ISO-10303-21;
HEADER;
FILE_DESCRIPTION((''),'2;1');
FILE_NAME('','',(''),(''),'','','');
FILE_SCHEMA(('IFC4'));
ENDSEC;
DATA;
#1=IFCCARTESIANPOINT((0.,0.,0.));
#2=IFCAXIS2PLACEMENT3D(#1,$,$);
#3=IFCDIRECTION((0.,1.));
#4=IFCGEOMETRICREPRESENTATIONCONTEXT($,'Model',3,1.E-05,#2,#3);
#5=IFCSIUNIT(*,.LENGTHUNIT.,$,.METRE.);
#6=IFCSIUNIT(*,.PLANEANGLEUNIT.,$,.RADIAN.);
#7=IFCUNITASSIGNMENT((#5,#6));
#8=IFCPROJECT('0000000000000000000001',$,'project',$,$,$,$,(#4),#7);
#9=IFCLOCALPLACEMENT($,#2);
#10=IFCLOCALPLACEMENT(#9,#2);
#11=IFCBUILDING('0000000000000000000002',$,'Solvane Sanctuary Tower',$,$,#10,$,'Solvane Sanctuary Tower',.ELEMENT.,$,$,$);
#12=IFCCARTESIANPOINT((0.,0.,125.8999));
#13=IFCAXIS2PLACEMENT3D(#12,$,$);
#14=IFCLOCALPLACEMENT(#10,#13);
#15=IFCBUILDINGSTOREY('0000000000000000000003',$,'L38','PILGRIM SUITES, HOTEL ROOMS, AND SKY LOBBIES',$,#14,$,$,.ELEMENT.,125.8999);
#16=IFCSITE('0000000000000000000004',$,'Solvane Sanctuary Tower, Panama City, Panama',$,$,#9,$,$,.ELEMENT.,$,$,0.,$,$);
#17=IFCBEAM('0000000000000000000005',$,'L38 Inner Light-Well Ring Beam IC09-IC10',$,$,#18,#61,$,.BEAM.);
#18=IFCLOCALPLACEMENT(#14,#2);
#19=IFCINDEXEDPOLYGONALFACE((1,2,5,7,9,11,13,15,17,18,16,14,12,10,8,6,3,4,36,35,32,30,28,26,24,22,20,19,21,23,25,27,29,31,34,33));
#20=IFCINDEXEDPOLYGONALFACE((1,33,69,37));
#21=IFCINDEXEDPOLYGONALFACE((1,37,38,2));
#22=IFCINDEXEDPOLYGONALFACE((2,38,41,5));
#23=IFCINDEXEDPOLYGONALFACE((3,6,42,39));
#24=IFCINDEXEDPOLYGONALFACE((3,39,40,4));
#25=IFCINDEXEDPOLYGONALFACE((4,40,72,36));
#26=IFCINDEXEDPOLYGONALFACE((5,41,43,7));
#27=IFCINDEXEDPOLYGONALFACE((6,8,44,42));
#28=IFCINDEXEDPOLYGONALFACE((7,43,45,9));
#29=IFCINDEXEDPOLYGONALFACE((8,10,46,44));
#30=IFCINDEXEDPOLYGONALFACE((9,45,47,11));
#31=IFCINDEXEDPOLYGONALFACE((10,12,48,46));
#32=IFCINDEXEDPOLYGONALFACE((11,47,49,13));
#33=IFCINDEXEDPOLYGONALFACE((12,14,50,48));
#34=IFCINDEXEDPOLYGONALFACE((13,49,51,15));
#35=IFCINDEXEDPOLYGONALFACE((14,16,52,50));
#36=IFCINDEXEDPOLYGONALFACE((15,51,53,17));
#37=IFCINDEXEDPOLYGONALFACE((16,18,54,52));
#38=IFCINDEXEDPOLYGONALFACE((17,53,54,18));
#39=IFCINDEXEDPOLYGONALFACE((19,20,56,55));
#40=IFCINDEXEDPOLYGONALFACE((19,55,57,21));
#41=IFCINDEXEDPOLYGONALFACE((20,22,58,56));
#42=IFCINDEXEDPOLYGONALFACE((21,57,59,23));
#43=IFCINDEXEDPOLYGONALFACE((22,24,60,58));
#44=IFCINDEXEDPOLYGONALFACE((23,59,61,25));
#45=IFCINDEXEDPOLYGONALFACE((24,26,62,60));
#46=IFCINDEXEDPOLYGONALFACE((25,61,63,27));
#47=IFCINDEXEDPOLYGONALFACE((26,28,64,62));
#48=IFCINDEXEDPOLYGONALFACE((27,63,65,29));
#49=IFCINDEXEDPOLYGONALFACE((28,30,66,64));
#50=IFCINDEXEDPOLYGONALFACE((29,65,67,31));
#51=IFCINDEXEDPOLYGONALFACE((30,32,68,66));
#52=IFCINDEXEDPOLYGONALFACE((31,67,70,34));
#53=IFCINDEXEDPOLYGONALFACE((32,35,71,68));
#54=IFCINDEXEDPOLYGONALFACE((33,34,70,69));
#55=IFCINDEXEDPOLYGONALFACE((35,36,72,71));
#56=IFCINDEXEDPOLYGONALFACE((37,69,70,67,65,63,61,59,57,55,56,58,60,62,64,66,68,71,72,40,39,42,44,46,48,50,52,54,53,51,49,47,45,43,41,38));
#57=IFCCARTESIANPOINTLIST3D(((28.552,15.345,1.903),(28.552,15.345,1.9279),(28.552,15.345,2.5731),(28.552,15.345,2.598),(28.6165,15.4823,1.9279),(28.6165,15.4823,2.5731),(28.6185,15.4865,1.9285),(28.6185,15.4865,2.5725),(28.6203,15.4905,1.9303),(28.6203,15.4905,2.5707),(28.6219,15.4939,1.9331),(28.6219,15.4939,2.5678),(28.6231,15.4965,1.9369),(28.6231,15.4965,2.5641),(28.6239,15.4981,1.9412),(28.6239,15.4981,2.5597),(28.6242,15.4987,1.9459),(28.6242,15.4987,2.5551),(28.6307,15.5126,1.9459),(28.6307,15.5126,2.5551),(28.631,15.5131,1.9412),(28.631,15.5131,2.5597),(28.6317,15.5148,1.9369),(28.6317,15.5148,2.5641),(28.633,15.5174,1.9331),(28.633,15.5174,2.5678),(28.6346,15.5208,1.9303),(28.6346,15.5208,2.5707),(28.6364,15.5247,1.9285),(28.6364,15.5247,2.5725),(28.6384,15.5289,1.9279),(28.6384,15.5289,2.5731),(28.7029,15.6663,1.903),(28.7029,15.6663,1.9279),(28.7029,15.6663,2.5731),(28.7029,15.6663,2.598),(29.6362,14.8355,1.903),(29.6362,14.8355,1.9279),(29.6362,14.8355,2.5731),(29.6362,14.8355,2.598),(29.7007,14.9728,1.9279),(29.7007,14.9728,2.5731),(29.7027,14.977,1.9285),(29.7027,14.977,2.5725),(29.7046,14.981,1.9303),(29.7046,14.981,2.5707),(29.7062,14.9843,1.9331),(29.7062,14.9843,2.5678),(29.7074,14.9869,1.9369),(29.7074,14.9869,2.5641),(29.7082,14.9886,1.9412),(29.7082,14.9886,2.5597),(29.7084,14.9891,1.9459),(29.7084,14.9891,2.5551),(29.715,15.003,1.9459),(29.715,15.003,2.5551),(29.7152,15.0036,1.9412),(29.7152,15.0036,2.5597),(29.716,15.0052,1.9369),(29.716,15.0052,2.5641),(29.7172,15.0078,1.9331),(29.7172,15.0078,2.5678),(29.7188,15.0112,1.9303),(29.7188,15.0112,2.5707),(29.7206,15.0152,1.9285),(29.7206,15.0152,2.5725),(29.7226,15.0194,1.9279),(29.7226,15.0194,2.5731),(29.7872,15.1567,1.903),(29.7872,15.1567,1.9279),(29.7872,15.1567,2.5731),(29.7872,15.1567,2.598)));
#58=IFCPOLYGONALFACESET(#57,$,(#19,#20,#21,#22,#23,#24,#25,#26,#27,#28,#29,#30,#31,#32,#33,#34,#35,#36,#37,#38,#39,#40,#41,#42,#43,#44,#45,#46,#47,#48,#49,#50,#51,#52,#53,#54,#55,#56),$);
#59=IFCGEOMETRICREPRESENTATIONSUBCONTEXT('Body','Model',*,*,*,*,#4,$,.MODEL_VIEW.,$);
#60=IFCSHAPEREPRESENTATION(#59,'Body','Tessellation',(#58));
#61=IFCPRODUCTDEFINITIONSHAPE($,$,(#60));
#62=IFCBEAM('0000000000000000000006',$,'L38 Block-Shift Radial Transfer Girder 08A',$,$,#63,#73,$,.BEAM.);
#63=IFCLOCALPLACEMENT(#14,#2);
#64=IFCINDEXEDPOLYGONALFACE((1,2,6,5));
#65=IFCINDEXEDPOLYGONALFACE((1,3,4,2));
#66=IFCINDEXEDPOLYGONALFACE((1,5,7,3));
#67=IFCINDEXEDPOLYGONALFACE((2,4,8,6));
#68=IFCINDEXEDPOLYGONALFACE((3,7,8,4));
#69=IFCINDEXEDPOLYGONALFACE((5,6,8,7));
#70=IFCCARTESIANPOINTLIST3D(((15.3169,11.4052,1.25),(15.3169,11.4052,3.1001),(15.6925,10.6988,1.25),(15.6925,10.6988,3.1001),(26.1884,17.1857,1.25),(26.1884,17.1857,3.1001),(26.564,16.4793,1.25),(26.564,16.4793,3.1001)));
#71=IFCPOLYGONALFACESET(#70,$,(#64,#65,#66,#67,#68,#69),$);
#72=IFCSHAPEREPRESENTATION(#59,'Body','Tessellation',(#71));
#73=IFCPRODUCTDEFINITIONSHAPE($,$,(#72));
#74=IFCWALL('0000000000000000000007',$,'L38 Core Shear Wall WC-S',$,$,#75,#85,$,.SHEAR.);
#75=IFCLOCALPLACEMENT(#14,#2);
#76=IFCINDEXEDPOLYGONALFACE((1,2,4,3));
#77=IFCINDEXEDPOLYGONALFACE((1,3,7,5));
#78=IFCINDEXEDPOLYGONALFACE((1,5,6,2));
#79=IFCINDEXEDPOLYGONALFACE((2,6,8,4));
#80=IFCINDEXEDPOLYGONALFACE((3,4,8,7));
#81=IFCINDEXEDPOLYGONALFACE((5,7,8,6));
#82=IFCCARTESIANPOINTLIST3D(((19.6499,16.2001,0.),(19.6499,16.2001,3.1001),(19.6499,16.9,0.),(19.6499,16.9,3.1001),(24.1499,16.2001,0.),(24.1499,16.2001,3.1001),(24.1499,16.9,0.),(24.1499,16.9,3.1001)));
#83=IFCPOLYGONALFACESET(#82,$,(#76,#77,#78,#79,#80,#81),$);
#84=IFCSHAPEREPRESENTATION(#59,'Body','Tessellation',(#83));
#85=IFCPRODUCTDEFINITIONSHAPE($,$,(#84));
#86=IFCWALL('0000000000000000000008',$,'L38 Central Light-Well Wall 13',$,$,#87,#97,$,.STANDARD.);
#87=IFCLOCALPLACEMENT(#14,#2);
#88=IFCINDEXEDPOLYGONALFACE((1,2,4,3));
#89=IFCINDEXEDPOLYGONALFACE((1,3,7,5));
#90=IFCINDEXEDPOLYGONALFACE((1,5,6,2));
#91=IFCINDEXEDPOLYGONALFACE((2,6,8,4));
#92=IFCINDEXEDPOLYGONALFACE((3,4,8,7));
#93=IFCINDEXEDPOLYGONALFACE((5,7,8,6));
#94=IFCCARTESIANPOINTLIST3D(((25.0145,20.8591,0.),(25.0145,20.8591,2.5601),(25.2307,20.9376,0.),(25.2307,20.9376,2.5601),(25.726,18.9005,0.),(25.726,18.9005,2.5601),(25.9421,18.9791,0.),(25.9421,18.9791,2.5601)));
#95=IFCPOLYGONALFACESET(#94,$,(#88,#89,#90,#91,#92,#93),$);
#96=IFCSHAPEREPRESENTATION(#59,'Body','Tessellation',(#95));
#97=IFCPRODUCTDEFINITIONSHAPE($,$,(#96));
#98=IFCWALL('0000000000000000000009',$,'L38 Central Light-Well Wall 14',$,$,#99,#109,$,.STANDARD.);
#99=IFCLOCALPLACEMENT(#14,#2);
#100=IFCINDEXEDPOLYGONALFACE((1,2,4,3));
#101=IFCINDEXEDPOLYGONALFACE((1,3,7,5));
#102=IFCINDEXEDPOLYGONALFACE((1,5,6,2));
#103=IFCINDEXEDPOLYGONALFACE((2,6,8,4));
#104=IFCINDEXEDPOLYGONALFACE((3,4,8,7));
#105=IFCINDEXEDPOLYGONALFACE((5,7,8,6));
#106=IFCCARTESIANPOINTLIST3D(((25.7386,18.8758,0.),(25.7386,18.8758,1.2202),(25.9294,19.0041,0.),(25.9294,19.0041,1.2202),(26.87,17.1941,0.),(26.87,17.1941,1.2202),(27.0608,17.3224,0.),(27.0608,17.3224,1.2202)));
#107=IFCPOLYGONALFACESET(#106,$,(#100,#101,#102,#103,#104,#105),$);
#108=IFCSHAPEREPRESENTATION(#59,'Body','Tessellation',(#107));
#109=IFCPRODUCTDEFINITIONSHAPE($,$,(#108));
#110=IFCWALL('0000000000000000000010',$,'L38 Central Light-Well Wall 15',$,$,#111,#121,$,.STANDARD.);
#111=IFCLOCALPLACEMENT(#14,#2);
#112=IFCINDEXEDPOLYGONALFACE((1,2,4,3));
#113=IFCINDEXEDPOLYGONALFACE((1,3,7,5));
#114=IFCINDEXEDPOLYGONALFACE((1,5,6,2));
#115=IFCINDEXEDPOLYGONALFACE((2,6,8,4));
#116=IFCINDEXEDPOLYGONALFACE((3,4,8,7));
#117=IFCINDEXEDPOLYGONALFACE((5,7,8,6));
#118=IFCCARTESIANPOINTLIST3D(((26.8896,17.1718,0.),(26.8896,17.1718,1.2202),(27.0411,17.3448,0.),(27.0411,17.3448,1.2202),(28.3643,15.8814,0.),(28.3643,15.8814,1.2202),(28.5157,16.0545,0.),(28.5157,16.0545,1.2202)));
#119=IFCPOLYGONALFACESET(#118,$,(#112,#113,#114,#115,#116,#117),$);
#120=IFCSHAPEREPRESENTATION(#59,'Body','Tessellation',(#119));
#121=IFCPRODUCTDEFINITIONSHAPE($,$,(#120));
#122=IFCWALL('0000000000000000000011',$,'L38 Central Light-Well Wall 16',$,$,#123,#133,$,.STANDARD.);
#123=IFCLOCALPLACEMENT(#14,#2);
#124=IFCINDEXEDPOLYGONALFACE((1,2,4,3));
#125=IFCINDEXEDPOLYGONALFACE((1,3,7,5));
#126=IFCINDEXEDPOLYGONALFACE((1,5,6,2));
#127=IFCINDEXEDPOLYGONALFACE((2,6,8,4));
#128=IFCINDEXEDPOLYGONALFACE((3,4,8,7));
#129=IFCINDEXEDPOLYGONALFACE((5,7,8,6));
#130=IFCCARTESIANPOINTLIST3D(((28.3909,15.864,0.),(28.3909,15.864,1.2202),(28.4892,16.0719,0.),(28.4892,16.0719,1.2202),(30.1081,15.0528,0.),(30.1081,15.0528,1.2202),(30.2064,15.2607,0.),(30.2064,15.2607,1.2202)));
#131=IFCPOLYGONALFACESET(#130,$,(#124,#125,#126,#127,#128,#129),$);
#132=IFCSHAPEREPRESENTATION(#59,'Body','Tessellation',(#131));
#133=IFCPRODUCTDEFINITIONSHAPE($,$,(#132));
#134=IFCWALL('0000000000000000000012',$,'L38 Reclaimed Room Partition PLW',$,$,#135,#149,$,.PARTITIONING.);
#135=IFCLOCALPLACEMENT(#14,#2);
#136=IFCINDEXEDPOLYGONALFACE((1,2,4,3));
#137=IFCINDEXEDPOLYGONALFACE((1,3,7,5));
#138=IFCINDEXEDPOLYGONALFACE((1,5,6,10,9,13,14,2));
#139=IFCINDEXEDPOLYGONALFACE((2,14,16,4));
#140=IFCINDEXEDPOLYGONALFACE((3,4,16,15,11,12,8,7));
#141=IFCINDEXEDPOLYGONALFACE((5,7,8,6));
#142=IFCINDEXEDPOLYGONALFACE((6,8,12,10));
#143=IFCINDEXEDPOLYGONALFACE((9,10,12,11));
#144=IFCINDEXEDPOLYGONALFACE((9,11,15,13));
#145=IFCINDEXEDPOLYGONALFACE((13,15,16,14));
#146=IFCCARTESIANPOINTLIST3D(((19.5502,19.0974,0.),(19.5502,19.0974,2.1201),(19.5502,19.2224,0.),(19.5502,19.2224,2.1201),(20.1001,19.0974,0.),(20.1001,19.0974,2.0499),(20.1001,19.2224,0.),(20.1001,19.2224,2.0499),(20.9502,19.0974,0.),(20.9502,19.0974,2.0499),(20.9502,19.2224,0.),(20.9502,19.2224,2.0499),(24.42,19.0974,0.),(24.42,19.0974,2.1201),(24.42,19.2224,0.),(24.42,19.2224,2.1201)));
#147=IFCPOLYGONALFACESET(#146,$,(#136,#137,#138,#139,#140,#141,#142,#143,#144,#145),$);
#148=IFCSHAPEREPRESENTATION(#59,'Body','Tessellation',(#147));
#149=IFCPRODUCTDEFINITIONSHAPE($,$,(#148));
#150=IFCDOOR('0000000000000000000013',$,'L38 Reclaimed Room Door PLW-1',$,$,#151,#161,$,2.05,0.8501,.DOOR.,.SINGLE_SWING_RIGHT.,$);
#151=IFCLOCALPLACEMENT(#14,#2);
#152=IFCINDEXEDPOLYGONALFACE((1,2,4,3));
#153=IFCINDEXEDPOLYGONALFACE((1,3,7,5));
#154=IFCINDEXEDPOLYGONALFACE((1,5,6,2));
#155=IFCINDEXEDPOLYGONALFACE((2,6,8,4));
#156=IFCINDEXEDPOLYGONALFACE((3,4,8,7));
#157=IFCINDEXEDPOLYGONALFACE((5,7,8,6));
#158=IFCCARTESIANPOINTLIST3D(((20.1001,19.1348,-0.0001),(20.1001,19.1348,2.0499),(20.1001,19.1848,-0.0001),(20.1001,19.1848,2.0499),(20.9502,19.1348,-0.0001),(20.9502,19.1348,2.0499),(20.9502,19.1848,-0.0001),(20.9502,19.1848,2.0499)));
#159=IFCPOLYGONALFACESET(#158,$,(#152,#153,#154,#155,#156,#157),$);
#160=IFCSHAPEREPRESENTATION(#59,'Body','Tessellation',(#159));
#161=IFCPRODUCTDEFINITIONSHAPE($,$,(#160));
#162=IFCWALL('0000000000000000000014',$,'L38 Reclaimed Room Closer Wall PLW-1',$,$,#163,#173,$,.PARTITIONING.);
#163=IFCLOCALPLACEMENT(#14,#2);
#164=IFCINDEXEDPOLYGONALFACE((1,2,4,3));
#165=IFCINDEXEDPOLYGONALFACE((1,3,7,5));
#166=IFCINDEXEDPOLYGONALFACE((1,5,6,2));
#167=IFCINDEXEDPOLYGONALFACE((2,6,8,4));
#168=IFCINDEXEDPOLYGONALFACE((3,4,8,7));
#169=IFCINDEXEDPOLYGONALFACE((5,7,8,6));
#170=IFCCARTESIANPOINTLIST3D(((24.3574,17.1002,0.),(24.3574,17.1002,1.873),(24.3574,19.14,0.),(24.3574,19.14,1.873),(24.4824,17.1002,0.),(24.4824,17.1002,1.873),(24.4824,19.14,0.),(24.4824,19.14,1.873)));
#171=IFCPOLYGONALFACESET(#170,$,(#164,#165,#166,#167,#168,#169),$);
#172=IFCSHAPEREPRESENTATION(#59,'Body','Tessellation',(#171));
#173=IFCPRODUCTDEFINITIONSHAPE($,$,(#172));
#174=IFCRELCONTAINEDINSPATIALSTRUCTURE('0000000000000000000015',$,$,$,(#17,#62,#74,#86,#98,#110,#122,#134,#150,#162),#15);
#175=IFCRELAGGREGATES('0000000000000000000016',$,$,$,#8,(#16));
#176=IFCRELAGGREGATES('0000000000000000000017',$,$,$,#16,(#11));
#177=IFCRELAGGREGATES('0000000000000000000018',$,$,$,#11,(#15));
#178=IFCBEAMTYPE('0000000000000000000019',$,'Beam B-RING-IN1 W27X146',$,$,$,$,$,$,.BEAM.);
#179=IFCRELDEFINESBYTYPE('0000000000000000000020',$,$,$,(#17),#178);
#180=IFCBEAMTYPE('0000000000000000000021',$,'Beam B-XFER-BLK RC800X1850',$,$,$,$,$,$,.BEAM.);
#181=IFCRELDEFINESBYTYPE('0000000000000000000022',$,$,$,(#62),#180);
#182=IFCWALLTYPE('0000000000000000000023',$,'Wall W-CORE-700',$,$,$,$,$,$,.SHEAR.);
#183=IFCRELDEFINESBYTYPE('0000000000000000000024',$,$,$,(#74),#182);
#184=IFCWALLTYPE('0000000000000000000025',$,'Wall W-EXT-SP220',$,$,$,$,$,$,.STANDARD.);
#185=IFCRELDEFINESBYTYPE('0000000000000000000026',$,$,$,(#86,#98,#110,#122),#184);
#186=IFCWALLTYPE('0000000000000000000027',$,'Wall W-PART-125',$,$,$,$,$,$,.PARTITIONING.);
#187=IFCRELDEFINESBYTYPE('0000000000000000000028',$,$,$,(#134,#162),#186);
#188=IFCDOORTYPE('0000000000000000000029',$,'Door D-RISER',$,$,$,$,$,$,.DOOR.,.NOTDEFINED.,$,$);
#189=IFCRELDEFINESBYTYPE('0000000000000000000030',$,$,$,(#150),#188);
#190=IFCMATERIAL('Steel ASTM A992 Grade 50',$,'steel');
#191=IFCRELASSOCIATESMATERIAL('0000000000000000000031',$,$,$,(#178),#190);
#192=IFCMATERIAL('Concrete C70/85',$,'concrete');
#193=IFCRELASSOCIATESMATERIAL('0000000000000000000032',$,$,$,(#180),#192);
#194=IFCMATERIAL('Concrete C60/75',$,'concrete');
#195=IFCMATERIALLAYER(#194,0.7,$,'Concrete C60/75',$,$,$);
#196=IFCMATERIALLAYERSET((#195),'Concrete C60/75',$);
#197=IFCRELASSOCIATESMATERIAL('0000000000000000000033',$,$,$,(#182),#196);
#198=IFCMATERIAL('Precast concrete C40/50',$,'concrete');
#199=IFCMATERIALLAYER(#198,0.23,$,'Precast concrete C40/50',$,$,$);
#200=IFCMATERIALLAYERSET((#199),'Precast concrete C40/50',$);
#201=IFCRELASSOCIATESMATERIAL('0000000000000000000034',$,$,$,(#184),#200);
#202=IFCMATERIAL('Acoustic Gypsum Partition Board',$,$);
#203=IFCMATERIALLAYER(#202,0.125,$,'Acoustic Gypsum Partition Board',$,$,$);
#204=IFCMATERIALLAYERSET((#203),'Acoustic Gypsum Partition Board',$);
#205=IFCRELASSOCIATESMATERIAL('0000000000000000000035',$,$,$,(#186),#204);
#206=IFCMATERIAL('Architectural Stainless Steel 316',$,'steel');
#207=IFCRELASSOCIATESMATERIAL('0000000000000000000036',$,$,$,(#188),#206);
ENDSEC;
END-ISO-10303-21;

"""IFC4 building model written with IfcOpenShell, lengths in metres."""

from ifc_helpers import new_model, si_unit, direction, frame, frame_2d, origin, origin_2d, place, context, subcontext, project, spatial, rectangle, i_section, extrude, material, layer, layer_set, material_profile, profile_set, type_object, element, fill, save


model = new_model("IFC4")

# Units and contexts
model_context = context("Model", 3, precision=1e-05, world=origin(), true_north=direction((0.0, 1.0)))
body_context = subcontext(model_context, "Body", "Model", "MODEL_VIEW")
ifc_project = project(units=[si_unit("LENGTHUNIT", "METRE"), si_unit("PLANEANGLEUNIT", "RADIAN")], contexts=[model_context])

# Site, building, storey
site_placement = place(None, origin())
site = spatial("IfcSite", under=ifc_project, at=site_placement, Name="Solvane Sanctuary Tower, Panama City, Panama", CompositionType="ELEMENT", RefElevation=0.0)
building_placement = place(site_placement, origin())
building = spatial("IfcBuilding", under=site, at=building_placement, Name="Solvane Sanctuary Tower", LongName="Solvane Sanctuary Tower", CompositionType="ELEMENT")
storey_placement = place(building_placement, frame((0.0, 0.0, 125.8999)))
storey = spatial("IfcBuildingStorey", under=building, at=storey_placement, Name="L38", Description="PILGRIM SUITES, HOTEL ROOMS, AND SKY LOBBIES", CompositionType="ELEMENT", Elevation=125.8999)

# Shared definitions
ifc_material_1 = material(Name="Concrete C70/85", Category="concrete")
ifc_material_2 = material(Name="Concrete C60/75", Category="concrete")

# Beams
ifc_material_3 = material(Name="Steel ASTM A992 Grade 50", Category="steel")
ifc_material_profile_1 = material_profile(ifc_material_3, i_section(OverallWidth=0.355, OverallDepth=0.6951, WebThickness=0.0154, FlangeThickness=0.0249, FilletRadius=0.0181, at=origin_2d()), Name="W27X146")
ifc_profile_set_1 = profile_set([ifc_material_profile_1], Name="Steel ASTM A992 Grade 50")
beam_type_1 = type_object("IfcBeamType", Name="Beam B-RING-IN1 W27X146", PredefinedType="BEAM", material=ifc_profile_set_1)
beam_1_placement = place(storey_placement, frame((28.6274, 15.5056, 2.2505), z_axis=(0.905045, -0.425316, 0.0), x_axis=(0.425316, 0.905045, 0.0)))
element("IfcBeam", 1, at=beam_1_placement, inside=storey, type_object=beam_type_1, Name="L38 Inner Light-Well Ring Beam IC09-IC10", PredefinedType="BEAM", context=body_context, shape_type="SweptSolid", body=[
    extrude(i_section(OverallWidth=0.355, OverallDepth=0.6951, WebThickness=0.0154, FlangeThickness=0.0249, FilletRadius=0.0181, at=origin_2d()), origin(), (0.0, 0.0, 1.0), 1.198),
])
ifc_material_profile_2 = material_profile(ifc_material_1, rectangle(XDim=0.8, YDim=1.8501, at=origin_2d()), Name="RC800X1850")
ifc_profile_set_2 = profile_set([ifc_material_profile_2], Name="Concrete C70/85")
beam_type_2 = type_object("IfcBeamType", Name="Beam B-XFER-BLK RC800X1850", PredefinedType="BEAM", material=ifc_profile_set_2)
beam_2_placement = place(storey_placement, frame((26.3762, 16.8325, 2.175), z_axis=(-0.882948, -0.469471, 0.0), x_axis=(0.469471, -0.882948, 0.0)))
element("IfcBeam", 2, at=beam_2_placement, inside=storey, type_object=beam_type_2, Name="L38 Block-Shift Radial Transfer Girder 08A", PredefinedType="BEAM", context=body_context, shape_type="SweptSolid", body=[
    extrude(rectangle(XDim=0.8, YDim=1.8501, at=origin_2d()), origin(), (0.0, 0.0, 1.0), 12.3127),
])

# Walls
ifc_layer_1 = layer(ifc_material_2, 0.7, Name="Concrete C60/75")
ifc_layer_set_1 = layer_set([ifc_layer_1], Name="Concrete C60/75")
wall_type_1 = type_object("IfcWallType", Name="Wall W-CORE-700", PredefinedType="SHEAR", material=ifc_layer_set_1)
wall_1_placement = place(storey_placement, frame((19.6499, 16.55, 0.0), z_axis=(0.0, 0.0, 1.0), x_axis=(1.0, 0.0, 0.0)))
element("IfcWall", 3, at=wall_1_placement, inside=storey, type_object=wall_type_1, Name="L38 Core Shear Wall WC-S", PredefinedType="SHEAR", context=body_context, shape_type="SweptSolid", body=[
    extrude(rectangle(XDim=4.5, YDim=0.7, at=frame_2d((2.25, 0.0))), origin(), (0.0, 0.0, 1.0), 3.1001),
])
ifc_material_4 = material(Name="Precast concrete C40/50", Category="concrete")
ifc_layer_2 = layer(ifc_material_4, 0.23, Name="Precast concrete C40/50")
ifc_layer_set_2 = layer_set([ifc_layer_2], Name="Precast concrete C40/50")
wall_type_2 = type_object("IfcWallType", Name="Wall W-EXT-SP220", PredefinedType="STANDARD", material=ifc_layer_set_2)
wall_2_placement = place(storey_placement, frame((25.1226, 20.8984, 0.0), z_axis=(0.0, 0.0, 1.0), x_axis=(0.341423, -0.93991, 0.0)))
element("IfcWall", 4, at=wall_2_placement, inside=storey, type_object=wall_type_2, Name="L38 Central Light-Well Wall 13", PredefinedType="STANDARD", context=body_context, shape_type="SweptSolid", body=[
    extrude(rectangle(XDim=2.0837, YDim=0.23, at=frame_2d((1.042, 0.0))), origin(), (0.0, 0.0, 1.0), 2.5601),
])
wall_3_placement = place(storey_placement, frame((25.834, 18.9399, 0.0), z_axis=(0.0, 0.0, 1.0), x_axis=(0.558198, -0.829708, 0.0)))
element("IfcWall", 5, at=wall_3_placement, inside=storey, type_object=wall_type_2, Name="L38 Central Light-Well Wall 14", PredefinedType="STANDARD", context=body_context, shape_type="SweptSolid", body=[
    extrude(rectangle(XDim=2.0269, YDim=0.23, at=frame_2d((1.0134, 0.0))), origin(), (0.0, 0.0, 1.0), 1.2202),
])
wall_4_placement = place(storey_placement, frame((26.9653, 17.2583, 0.0), z_axis=(0.0, 0.0, 1.0), x_axis=(0.752577, -0.658505, 0.0)))
element("IfcWall", 6, at=wall_4_placement, inside=storey, type_object=wall_type_2, Name="L38 Central Light-Well Wall 15", PredefinedType="STANDARD", context=body_context, shape_type="SweptSolid", body=[
    extrude(rectangle(XDim=1.9595, YDim=0.23, at=frame_2d((0.9797, 0.0))), origin(), (0.0, 0.0, 1.0), 1.2202),
])
wall_5_placement = place(storey_placement, frame((28.4399, 15.968, 0.0), z_axis=(0.0, 0.0, 1.0), x_axis=(0.90418, -0.427152, 0.0)))
element("IfcWall", 7, at=wall_5_placement, inside=storey, type_object=wall_type_2, Name="L38 Central Light-Well Wall 16", PredefinedType="STANDARD", context=body_context, shape_type="SweptSolid", body=[
    extrude(rectangle(XDim=1.8992, YDim=0.23, at=frame_2d((0.9497, 0.0))), origin(), (0.0, 0.0, 1.0), 1.2202),
])

# Wall, opening, door
ifc_material_5 = material(Name="Acoustic Gypsum Partition Board")
ifc_layer_3 = layer(ifc_material_5, 0.125, Name="Acoustic Gypsum Partition Board")
ifc_layer_set_3 = layer_set([ifc_layer_3], Name="Acoustic Gypsum Partition Board")
wall_type_3 = type_object("IfcWallType", Name="Wall W-PART-125", PredefinedType="PARTITIONING", material=ifc_layer_set_3)
wall_6_placement = place(storey_placement, frame((19.55, 19.1599, 0.0), z_axis=(0.0, 0.0, 1.0), x_axis=(1.0, 0.0, 0.0)))
wall_6 = element("IfcWall", 8, at=wall_6_placement, inside=storey, type_object=wall_type_3, Name="L38 Reclaimed Room Partition PLW", PredefinedType="PARTITIONING", context=body_context, shape_type="SweptSolid", body=[
    extrude(rectangle(XDim=4.8699, YDim=0.125, at=frame_2d((2.4351, 0.0))), origin(), (0.0, 0.0, 1.0), 2.1201),
])
opening_placement = place(wall_6_placement, frame((0.55, 0.0, 0.0)))
opening = element("IfcOpeningElement", 9, at=opening_placement, cuts=wall_6, PredefinedType="OPENING", context=body_context, shape_type="SweptSolid", body=[
    extrude(rectangle(XDim=0.8501, YDim=2.05, at=frame_2d((0.425, 1.0249))), frame((0.0, 0.0725, 0.0), z_axis=(0.0, -1.0, 0.0), x_axis=(1.0, 0.0, 0.0)), (0.0, 0.0, 1.0), 0.145),
])
ifc_material_6 = material(Name="Architectural Stainless Steel 316", Category="steel")
door_type = type_object("IfcDoorType", Name="Door D-RISER", OperationType="NOTDEFINED", PredefinedType="DOOR", material=ifc_material_6)
door_placement = place(opening_placement, origin())
door = element("IfcDoor", 10, at=door_placement, inside=storey, type_object=door_type, Name="L38 Reclaimed Room Door PLW-1", OperationType="SINGLE_SWING_RIGHT", OverallHeight=2.05, OverallWidth=0.8501, PredefinedType="DOOR", context=body_context, shape_type="SweptSolid", body=[
    extrude(rectangle(XDim=0.8501, YDim=2.05, at=frame_2d((0.425, 1.0249))), frame((0.0, 0.0249, 0.0), z_axis=(0.0, -1.0, 0.0), x_axis=(1.0, 0.0, 0.0)), (0.0, 0.0, 1.0), 0.05),
])
fill(opening, door)

# Wall
wall_7_placement = place(storey_placement, frame((24.4199, 17.1001, 0.0), z_axis=(0.0, 0.0, 1.0), x_axis=(0.0, 1.0, 0.0)))
element("IfcWall", 11, at=wall_7_placement, inside=storey, type_object=wall_type_3, Name="L38 Reclaimed Room Closer Wall PLW-1", PredefinedType="PARTITIONING", context=body_context, shape_type="SweptSolid", body=[
    extrude(rectangle(XDim=2.0398, YDim=0.125, at=frame_2d((1.02, 0.0))), origin(), (0.0, 0.0, 1.0), 1.873),
])

save(model, "model.ifc")
